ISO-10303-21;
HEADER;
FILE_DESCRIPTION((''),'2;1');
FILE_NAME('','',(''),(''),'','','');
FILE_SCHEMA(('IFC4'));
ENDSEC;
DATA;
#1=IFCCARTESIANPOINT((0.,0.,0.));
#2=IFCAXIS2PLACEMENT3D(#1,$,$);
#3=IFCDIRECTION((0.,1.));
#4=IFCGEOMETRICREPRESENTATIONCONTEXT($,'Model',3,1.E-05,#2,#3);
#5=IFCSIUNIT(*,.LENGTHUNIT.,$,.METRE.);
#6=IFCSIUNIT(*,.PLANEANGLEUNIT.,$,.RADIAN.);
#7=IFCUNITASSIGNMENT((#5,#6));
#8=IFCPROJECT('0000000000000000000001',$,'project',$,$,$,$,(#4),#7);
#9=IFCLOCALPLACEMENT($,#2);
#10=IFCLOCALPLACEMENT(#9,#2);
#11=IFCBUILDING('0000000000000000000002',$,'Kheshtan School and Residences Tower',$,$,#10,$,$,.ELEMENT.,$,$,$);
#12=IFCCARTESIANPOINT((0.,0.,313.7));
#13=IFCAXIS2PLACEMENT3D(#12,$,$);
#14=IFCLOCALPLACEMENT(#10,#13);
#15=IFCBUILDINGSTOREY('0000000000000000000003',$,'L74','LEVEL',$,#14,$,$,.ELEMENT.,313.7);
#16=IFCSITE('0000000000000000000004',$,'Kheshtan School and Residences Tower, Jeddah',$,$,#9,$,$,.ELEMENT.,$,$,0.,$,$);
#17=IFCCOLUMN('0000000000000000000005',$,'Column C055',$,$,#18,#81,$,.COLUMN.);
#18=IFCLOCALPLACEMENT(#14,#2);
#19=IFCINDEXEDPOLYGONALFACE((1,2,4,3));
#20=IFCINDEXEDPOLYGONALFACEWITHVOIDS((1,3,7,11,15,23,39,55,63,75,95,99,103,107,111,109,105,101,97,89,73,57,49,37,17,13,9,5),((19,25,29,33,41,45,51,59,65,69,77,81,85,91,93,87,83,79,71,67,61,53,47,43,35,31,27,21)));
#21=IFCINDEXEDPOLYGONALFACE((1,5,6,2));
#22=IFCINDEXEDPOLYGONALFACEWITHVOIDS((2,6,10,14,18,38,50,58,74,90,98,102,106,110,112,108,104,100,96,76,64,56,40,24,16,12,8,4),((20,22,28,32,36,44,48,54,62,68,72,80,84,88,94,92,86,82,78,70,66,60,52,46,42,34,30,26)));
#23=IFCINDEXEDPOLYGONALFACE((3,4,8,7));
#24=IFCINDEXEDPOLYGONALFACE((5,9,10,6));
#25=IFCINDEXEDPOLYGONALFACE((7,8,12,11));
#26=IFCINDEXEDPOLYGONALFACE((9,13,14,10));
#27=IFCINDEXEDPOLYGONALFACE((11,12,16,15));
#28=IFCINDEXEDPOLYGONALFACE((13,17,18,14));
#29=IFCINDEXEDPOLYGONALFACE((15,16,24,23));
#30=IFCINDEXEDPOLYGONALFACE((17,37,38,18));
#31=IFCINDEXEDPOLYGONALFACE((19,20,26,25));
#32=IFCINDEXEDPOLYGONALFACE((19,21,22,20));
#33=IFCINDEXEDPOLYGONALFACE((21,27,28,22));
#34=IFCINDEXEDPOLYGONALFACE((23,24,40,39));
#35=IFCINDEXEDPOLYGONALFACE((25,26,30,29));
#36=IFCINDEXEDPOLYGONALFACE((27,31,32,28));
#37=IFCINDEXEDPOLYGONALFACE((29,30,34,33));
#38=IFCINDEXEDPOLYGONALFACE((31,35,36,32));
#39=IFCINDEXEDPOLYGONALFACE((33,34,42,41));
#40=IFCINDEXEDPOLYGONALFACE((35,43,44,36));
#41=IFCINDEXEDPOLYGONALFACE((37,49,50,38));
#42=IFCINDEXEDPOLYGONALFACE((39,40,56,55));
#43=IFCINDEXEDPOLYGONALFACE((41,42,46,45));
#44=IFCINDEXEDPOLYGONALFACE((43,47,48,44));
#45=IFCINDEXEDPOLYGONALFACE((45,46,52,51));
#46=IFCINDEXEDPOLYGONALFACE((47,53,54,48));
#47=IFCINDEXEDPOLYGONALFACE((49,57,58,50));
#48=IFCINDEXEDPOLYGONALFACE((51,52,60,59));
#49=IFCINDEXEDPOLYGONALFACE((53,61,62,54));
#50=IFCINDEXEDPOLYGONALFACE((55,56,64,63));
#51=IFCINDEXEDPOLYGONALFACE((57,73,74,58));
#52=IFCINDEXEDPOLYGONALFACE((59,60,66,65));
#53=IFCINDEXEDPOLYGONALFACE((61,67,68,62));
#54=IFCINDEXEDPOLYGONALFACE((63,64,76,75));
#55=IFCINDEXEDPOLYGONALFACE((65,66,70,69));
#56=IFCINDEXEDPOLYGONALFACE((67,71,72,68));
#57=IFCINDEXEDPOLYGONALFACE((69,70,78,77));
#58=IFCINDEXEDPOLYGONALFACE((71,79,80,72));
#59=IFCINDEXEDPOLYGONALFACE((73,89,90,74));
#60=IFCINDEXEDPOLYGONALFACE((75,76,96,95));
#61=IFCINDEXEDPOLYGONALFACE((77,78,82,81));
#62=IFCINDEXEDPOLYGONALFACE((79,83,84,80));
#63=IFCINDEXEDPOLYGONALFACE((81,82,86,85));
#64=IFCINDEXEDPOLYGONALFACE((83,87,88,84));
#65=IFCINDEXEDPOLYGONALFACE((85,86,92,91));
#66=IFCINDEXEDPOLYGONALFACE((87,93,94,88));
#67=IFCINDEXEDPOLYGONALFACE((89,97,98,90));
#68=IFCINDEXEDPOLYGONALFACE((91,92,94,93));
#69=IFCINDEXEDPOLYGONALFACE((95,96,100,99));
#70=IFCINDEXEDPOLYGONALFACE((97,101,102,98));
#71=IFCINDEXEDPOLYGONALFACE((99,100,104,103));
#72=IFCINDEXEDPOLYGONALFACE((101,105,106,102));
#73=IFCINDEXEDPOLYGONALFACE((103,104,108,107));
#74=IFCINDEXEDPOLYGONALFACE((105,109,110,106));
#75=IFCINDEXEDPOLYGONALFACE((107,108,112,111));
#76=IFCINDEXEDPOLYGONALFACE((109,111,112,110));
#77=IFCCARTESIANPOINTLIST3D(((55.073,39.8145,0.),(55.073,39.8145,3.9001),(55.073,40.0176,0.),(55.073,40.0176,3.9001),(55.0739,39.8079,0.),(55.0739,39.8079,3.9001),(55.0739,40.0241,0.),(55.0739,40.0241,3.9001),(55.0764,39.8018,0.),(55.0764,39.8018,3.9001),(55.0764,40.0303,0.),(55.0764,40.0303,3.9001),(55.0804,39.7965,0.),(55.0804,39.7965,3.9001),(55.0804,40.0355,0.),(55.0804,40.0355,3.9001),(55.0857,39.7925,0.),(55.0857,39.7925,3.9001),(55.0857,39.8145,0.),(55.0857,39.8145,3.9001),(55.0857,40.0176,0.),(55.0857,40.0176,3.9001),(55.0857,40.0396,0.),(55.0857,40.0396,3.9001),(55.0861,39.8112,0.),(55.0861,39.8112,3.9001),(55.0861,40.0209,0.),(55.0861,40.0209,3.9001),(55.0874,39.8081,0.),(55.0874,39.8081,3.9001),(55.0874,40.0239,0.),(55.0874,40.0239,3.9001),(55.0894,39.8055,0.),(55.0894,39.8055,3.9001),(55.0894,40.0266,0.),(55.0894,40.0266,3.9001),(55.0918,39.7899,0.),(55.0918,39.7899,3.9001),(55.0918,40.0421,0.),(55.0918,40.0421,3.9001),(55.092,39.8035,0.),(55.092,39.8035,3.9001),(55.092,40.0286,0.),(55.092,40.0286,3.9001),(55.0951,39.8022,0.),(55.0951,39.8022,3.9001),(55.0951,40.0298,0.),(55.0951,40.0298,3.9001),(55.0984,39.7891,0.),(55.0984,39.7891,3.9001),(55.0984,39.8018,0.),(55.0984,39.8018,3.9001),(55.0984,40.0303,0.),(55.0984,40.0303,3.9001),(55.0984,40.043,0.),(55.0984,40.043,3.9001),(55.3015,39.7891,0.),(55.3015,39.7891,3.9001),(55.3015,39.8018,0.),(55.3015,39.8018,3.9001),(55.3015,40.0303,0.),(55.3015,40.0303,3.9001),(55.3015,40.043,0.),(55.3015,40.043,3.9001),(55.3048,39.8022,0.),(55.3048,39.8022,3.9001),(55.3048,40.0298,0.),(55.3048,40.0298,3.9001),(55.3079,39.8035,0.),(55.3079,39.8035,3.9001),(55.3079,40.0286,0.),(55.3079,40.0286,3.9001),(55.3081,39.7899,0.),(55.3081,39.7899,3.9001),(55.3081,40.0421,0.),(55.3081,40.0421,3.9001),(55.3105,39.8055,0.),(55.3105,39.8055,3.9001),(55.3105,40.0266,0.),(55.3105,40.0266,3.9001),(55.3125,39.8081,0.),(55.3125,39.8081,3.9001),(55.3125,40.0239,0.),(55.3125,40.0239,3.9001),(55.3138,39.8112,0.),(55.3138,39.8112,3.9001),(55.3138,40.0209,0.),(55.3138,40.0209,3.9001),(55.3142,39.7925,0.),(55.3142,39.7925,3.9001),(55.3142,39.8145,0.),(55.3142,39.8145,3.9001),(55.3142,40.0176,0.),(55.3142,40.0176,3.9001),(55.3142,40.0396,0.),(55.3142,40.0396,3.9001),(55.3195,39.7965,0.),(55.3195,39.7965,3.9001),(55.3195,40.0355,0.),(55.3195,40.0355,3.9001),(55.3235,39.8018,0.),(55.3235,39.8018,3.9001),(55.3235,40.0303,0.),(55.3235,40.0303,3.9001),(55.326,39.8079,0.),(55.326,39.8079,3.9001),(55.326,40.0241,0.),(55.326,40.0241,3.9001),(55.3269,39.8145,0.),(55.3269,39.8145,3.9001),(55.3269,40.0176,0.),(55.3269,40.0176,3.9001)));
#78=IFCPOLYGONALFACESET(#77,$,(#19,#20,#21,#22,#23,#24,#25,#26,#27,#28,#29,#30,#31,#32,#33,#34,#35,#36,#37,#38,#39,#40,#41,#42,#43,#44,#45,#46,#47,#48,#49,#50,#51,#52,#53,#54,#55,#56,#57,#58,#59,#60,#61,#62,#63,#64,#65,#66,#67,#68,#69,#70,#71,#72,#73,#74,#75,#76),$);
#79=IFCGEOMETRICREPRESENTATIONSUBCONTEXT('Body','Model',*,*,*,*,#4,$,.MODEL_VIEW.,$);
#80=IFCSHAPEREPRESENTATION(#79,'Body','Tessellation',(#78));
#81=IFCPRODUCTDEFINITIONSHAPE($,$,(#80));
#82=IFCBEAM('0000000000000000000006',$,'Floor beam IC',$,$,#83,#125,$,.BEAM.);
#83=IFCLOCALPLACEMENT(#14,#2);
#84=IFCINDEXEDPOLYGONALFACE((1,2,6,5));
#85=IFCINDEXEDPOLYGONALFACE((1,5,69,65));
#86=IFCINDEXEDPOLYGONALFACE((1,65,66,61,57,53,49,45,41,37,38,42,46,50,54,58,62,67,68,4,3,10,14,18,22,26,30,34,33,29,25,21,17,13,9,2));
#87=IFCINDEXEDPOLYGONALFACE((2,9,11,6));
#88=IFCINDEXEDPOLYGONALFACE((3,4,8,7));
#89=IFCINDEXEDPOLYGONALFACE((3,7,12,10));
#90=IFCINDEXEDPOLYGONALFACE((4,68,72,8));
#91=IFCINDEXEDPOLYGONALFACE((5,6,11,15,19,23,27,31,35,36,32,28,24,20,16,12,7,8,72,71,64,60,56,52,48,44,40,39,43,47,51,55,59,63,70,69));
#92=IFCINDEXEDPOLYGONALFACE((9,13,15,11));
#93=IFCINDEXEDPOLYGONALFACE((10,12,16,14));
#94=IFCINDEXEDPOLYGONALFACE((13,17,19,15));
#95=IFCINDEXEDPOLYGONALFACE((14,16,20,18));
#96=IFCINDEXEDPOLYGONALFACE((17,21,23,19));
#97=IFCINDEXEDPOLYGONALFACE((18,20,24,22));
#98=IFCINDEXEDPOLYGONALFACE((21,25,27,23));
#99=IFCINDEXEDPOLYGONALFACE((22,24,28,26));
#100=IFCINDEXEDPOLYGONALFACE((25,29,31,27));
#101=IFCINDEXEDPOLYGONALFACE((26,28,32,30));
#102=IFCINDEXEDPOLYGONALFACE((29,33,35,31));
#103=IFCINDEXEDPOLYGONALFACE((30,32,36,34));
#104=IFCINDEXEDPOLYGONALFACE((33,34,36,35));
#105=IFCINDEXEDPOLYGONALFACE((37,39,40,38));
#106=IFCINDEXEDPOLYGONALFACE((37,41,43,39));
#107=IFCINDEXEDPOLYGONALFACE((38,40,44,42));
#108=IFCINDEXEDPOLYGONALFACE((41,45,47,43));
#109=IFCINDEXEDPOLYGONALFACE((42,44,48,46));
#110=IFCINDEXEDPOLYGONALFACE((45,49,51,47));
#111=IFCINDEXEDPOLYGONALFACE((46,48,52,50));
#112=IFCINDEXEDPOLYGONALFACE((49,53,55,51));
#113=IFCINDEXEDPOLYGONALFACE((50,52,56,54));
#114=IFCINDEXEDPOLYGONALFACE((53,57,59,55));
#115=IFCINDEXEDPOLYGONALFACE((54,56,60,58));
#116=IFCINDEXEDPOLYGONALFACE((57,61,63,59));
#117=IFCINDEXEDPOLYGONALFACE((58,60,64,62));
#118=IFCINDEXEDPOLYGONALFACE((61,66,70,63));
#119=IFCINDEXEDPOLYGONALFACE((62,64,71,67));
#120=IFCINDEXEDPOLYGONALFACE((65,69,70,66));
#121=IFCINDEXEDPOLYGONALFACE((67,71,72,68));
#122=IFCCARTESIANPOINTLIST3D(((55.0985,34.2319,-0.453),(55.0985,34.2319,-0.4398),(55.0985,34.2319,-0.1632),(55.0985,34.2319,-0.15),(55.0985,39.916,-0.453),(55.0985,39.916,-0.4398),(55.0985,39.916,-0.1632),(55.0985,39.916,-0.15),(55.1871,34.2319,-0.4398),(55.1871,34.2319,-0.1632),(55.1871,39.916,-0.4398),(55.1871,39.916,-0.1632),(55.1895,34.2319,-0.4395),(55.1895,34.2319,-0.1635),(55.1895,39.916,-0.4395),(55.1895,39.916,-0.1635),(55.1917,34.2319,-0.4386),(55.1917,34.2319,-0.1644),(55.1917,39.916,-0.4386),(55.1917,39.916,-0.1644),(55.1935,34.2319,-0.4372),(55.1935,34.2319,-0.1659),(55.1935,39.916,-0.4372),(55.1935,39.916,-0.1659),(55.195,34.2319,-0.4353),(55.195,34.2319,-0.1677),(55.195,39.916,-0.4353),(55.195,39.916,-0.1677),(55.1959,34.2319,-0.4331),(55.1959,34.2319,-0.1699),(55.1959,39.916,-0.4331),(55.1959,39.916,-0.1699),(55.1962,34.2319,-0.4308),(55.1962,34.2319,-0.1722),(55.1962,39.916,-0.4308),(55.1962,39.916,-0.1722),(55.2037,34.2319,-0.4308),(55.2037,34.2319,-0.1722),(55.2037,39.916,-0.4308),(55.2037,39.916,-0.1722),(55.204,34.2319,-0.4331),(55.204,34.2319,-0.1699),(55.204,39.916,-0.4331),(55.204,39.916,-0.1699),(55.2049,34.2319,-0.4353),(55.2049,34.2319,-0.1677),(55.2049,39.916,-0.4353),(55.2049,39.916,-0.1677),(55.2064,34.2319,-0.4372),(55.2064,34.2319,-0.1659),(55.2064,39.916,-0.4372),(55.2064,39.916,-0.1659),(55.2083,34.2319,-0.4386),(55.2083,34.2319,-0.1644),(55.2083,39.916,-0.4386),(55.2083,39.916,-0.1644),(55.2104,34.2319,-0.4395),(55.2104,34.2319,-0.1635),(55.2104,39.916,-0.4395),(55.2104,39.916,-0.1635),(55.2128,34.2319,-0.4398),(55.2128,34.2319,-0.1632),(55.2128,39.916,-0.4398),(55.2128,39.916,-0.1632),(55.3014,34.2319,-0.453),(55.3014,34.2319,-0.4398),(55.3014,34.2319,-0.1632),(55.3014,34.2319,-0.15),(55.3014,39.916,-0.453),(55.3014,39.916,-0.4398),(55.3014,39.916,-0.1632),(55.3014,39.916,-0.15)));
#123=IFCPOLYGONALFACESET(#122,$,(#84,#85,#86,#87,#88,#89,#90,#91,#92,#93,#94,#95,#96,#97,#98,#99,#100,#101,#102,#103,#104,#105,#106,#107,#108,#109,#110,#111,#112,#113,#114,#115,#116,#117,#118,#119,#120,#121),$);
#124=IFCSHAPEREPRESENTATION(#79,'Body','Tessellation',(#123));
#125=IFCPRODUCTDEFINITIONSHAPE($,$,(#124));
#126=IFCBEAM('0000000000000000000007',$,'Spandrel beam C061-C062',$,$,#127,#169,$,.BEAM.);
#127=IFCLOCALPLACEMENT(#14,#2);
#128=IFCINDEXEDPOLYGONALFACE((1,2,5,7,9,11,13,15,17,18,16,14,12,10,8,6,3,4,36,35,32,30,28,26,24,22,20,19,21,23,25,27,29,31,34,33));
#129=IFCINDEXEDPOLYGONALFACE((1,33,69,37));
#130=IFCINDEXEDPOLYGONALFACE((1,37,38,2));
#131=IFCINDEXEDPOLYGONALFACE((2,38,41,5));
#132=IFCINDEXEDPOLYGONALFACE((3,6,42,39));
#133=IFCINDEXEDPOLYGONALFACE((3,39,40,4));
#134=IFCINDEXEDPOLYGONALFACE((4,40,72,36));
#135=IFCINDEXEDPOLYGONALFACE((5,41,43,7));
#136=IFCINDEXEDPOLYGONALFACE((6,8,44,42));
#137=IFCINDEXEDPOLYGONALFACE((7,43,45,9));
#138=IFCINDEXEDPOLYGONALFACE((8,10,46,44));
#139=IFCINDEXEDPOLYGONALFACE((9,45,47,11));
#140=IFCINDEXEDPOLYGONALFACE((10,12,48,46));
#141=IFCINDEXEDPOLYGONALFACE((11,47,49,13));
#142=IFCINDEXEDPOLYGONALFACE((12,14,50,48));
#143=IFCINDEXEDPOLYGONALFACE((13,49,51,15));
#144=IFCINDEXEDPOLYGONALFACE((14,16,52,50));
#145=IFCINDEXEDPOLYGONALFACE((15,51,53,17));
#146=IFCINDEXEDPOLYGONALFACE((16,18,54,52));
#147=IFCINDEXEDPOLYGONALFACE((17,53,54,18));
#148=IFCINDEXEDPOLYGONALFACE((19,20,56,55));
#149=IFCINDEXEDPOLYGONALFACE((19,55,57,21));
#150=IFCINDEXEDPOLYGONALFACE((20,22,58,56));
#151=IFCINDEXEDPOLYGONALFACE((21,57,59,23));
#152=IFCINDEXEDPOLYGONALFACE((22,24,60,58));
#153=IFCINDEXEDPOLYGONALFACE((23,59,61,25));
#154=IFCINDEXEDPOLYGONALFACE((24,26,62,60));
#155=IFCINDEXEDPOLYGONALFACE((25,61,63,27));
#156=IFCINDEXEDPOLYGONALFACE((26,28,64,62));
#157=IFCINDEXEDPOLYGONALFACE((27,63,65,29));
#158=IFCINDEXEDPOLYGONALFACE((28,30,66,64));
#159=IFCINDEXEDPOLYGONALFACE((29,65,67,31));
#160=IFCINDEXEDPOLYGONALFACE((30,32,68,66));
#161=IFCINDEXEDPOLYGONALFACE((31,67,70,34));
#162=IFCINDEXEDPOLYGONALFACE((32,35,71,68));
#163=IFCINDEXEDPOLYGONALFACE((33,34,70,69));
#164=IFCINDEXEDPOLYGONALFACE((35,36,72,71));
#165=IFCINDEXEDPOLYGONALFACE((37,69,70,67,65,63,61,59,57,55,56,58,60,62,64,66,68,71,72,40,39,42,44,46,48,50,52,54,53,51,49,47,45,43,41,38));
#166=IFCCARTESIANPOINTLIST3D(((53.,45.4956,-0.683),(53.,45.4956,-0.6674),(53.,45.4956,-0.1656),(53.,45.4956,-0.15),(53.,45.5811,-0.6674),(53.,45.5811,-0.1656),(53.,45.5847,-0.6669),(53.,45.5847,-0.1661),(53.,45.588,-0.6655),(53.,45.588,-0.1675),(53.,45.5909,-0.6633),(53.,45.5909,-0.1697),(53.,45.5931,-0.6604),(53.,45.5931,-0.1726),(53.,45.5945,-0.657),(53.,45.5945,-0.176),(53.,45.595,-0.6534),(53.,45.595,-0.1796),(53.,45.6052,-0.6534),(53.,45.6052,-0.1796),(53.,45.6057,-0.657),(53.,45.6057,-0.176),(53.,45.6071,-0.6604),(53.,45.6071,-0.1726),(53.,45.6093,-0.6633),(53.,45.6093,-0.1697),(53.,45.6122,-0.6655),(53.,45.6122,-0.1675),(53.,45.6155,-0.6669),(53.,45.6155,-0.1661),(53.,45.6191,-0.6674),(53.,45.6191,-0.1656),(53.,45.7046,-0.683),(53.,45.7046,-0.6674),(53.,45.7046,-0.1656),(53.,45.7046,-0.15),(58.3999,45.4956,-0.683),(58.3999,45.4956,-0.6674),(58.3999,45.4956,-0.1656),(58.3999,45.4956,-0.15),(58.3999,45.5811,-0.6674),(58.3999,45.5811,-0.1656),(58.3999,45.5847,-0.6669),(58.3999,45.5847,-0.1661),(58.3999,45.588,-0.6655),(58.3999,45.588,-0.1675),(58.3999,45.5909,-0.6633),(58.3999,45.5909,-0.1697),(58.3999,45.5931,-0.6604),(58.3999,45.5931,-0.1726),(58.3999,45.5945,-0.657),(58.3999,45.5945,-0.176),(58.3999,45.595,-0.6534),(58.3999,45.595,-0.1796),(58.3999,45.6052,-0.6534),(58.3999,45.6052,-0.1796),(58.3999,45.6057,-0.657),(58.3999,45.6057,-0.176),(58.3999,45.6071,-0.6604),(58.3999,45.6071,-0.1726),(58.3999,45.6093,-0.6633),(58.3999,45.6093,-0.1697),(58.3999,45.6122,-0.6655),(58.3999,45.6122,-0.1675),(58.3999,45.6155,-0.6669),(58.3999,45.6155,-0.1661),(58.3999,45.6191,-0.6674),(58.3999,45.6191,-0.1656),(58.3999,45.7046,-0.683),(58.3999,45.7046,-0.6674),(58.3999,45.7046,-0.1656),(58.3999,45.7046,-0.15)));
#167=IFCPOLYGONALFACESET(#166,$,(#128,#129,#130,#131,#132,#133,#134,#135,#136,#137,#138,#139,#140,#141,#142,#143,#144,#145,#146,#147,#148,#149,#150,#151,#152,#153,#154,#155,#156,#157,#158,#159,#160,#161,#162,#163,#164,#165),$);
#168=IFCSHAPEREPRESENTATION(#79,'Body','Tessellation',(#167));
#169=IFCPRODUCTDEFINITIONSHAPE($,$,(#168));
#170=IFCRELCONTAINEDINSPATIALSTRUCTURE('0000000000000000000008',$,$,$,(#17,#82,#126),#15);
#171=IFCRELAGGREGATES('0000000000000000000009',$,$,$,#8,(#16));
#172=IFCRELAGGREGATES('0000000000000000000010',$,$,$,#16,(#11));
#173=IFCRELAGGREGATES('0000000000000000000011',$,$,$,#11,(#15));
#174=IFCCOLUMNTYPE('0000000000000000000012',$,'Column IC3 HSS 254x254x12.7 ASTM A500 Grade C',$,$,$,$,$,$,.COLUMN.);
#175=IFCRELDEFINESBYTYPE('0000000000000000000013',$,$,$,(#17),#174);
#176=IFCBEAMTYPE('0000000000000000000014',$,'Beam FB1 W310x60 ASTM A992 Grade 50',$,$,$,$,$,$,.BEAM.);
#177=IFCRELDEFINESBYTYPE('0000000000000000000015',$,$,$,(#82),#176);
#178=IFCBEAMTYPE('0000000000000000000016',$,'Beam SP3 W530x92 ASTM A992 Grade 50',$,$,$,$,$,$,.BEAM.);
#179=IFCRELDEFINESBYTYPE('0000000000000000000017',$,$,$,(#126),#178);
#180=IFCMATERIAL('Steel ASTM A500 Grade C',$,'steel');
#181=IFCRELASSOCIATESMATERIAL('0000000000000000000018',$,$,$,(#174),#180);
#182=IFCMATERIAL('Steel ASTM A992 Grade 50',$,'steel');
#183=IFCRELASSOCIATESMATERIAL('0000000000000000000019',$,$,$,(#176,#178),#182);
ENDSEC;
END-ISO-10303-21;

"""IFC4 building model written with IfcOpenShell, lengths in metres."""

from ifc_helpers import new_model, si_unit, direction, frame, origin, origin_2d, place, context, subcontext, project, spatial, hollow_rectangle, i_section, extrude, material, material_profile, profile_set, type_object, element, save


model = new_model("IFC4")

# Units and contexts
model_context = context("Model", 3, precision=1e-05, world=origin(), true_north=direction((0.0, 1.0)))
body_context = subcontext(model_context, "Body", "Model", "MODEL_VIEW")
ifc_project = project(units=[si_unit("LENGTHUNIT", "METRE"), si_unit("PLANEANGLEUNIT", "RADIAN")], contexts=[model_context])

# Site, building, storey
site_placement = place(None, origin())
site = spatial("IfcSite", under=ifc_project, at=site_placement, Name="Kheshtan School and Residences Tower, Jeddah", CompositionType="ELEMENT", RefElevation=0.0)
building_placement = place(site_placement, origin())
building = spatial("IfcBuilding", under=site, at=building_placement, Name="Kheshtan School and Residences Tower", CompositionType="ELEMENT")
storey_placement = place(building_placement, frame((0.0, 0.0, 313.7)))
storey = spatial("IfcBuildingStorey", under=building, at=storey_placement, Name="L74", Description="LEVEL", CompositionType="ELEMENT", Elevation=313.7)

# Column
ifc_material_1 = material(Name="Steel ASTM A992 Grade 50", Category="steel")
ifc_material_2 = material(Name="Steel ASTM A500 Grade C", Category="steel")
ifc_material_profile_1 = material_profile(ifc_material_2, hollow_rectangle(XDim=0.2539, YDim=0.2539, WallThickness=0.0127, InnerFilletRadius=0.0127, OuterFilletRadius=0.0254, at=origin_2d()), Name="HSS 254x254x12.7")
ifc_profile_set_1 = profile_set([ifc_material_profile_1], Name="Steel ASTM A500 Grade C")
column_type_1 = type_object("IfcColumnType", Name="Column IC3 HSS 254x254x12.7 ASTM A500 Grade C", PredefinedType="COLUMN", material=ifc_profile_set_1)
for number, where, z_axis, x_axis, name in (
    (1, (55.2, 39.916, 0.0), (0.0, 0.0, 1.0), (1.0, 0.0, 0.0), "Column C055"),
):
    element("IfcColumn", number, at=place(storey_placement, frame(where, z_axis=z_axis, x_axis=x_axis)), inside=storey, type_object=column_type_1, Name=name, PredefinedType="COLUMN", context=body_context, shape_type="SweptSolid", body=[
        extrude(hollow_rectangle(XDim=0.2539, YDim=0.2539, WallThickness=0.0127, InnerFilletRadius=0.0127, OuterFilletRadius=0.0254, at=origin_2d()), origin(), (0.0, 0.0, 1.0), 3.9001),
    ])

# Beams
ifc_material_profile_2 = material_profile(ifc_material_1, i_section(OverallWidth=0.2029, OverallDepth=0.303, WebThickness=0.0076, FlangeThickness=0.0132, FilletRadius=0.009, at=origin_2d()), Name="W310x60")
ifc_profile_set_2 = profile_set([ifc_material_profile_2], Name="Steel ASTM A992 Grade 50")
beam_type_1 = type_object("IfcBeamType", Name="Beam FB1 W310x60 ASTM A992 Grade 50", PredefinedType="BEAM", material=ifc_profile_set_2)
beam_1_placement = place(storey_placement, frame((55.2, 34.2319, -0.3015), z_axis=(0.0, 1.0, 0.0), x_axis=(-1.0, 0.0, 0.0)))
element("IfcBeam", 2, at=beam_1_placement, inside=storey, type_object=beam_type_1, Name="Floor beam IC", PredefinedType="BEAM", context=body_context, shape_type="SweptSolid", body=[
    extrude(i_section(OverallWidth=0.2029, OverallDepth=0.303, WebThickness=0.0076, FlangeThickness=0.0132, FilletRadius=0.009, at=origin_2d()), origin(), (0.0, 0.0, 1.0), 5.6841),
])
ifc_material_profile_3 = material_profile(ifc_material_1, i_section(OverallWidth=0.209, OverallDepth=0.533, WebThickness=0.0103, FlangeThickness=0.0156, FilletRadius=0.0139, at=origin_2d()), Name="W530x92")
ifc_profile_set_3 = profile_set([ifc_material_profile_3], Name="Steel ASTM A992 Grade 50")
beam_type_2 = type_object("IfcBeamType", Name="Beam SP3 W530x92 ASTM A992 Grade 50", PredefinedType="BEAM", material=ifc_profile_set_3)
beam_2_placement = place(storey_placement, frame((53.0, 45.6001, -0.4165), z_axis=(1.0, 0.0, 0.0), x_axis=(0.0, 1.0, 0.0)))
element("IfcBeam", 3, at=beam_2_placement, inside=storey, type_object=beam_type_2, Name="Spandrel beam C061-C062", PredefinedType="BEAM", context=body_context, shape_type="SweptSolid", body=[
    extrude(i_section(OverallWidth=0.209, OverallDepth=0.533, WebThickness=0.0103, FlangeThickness=0.0156, FilletRadius=0.0139, at=origin_2d()), origin(), (0.0, 0.0, 1.0), 5.3999),
])

save(model, "model.ifc")
